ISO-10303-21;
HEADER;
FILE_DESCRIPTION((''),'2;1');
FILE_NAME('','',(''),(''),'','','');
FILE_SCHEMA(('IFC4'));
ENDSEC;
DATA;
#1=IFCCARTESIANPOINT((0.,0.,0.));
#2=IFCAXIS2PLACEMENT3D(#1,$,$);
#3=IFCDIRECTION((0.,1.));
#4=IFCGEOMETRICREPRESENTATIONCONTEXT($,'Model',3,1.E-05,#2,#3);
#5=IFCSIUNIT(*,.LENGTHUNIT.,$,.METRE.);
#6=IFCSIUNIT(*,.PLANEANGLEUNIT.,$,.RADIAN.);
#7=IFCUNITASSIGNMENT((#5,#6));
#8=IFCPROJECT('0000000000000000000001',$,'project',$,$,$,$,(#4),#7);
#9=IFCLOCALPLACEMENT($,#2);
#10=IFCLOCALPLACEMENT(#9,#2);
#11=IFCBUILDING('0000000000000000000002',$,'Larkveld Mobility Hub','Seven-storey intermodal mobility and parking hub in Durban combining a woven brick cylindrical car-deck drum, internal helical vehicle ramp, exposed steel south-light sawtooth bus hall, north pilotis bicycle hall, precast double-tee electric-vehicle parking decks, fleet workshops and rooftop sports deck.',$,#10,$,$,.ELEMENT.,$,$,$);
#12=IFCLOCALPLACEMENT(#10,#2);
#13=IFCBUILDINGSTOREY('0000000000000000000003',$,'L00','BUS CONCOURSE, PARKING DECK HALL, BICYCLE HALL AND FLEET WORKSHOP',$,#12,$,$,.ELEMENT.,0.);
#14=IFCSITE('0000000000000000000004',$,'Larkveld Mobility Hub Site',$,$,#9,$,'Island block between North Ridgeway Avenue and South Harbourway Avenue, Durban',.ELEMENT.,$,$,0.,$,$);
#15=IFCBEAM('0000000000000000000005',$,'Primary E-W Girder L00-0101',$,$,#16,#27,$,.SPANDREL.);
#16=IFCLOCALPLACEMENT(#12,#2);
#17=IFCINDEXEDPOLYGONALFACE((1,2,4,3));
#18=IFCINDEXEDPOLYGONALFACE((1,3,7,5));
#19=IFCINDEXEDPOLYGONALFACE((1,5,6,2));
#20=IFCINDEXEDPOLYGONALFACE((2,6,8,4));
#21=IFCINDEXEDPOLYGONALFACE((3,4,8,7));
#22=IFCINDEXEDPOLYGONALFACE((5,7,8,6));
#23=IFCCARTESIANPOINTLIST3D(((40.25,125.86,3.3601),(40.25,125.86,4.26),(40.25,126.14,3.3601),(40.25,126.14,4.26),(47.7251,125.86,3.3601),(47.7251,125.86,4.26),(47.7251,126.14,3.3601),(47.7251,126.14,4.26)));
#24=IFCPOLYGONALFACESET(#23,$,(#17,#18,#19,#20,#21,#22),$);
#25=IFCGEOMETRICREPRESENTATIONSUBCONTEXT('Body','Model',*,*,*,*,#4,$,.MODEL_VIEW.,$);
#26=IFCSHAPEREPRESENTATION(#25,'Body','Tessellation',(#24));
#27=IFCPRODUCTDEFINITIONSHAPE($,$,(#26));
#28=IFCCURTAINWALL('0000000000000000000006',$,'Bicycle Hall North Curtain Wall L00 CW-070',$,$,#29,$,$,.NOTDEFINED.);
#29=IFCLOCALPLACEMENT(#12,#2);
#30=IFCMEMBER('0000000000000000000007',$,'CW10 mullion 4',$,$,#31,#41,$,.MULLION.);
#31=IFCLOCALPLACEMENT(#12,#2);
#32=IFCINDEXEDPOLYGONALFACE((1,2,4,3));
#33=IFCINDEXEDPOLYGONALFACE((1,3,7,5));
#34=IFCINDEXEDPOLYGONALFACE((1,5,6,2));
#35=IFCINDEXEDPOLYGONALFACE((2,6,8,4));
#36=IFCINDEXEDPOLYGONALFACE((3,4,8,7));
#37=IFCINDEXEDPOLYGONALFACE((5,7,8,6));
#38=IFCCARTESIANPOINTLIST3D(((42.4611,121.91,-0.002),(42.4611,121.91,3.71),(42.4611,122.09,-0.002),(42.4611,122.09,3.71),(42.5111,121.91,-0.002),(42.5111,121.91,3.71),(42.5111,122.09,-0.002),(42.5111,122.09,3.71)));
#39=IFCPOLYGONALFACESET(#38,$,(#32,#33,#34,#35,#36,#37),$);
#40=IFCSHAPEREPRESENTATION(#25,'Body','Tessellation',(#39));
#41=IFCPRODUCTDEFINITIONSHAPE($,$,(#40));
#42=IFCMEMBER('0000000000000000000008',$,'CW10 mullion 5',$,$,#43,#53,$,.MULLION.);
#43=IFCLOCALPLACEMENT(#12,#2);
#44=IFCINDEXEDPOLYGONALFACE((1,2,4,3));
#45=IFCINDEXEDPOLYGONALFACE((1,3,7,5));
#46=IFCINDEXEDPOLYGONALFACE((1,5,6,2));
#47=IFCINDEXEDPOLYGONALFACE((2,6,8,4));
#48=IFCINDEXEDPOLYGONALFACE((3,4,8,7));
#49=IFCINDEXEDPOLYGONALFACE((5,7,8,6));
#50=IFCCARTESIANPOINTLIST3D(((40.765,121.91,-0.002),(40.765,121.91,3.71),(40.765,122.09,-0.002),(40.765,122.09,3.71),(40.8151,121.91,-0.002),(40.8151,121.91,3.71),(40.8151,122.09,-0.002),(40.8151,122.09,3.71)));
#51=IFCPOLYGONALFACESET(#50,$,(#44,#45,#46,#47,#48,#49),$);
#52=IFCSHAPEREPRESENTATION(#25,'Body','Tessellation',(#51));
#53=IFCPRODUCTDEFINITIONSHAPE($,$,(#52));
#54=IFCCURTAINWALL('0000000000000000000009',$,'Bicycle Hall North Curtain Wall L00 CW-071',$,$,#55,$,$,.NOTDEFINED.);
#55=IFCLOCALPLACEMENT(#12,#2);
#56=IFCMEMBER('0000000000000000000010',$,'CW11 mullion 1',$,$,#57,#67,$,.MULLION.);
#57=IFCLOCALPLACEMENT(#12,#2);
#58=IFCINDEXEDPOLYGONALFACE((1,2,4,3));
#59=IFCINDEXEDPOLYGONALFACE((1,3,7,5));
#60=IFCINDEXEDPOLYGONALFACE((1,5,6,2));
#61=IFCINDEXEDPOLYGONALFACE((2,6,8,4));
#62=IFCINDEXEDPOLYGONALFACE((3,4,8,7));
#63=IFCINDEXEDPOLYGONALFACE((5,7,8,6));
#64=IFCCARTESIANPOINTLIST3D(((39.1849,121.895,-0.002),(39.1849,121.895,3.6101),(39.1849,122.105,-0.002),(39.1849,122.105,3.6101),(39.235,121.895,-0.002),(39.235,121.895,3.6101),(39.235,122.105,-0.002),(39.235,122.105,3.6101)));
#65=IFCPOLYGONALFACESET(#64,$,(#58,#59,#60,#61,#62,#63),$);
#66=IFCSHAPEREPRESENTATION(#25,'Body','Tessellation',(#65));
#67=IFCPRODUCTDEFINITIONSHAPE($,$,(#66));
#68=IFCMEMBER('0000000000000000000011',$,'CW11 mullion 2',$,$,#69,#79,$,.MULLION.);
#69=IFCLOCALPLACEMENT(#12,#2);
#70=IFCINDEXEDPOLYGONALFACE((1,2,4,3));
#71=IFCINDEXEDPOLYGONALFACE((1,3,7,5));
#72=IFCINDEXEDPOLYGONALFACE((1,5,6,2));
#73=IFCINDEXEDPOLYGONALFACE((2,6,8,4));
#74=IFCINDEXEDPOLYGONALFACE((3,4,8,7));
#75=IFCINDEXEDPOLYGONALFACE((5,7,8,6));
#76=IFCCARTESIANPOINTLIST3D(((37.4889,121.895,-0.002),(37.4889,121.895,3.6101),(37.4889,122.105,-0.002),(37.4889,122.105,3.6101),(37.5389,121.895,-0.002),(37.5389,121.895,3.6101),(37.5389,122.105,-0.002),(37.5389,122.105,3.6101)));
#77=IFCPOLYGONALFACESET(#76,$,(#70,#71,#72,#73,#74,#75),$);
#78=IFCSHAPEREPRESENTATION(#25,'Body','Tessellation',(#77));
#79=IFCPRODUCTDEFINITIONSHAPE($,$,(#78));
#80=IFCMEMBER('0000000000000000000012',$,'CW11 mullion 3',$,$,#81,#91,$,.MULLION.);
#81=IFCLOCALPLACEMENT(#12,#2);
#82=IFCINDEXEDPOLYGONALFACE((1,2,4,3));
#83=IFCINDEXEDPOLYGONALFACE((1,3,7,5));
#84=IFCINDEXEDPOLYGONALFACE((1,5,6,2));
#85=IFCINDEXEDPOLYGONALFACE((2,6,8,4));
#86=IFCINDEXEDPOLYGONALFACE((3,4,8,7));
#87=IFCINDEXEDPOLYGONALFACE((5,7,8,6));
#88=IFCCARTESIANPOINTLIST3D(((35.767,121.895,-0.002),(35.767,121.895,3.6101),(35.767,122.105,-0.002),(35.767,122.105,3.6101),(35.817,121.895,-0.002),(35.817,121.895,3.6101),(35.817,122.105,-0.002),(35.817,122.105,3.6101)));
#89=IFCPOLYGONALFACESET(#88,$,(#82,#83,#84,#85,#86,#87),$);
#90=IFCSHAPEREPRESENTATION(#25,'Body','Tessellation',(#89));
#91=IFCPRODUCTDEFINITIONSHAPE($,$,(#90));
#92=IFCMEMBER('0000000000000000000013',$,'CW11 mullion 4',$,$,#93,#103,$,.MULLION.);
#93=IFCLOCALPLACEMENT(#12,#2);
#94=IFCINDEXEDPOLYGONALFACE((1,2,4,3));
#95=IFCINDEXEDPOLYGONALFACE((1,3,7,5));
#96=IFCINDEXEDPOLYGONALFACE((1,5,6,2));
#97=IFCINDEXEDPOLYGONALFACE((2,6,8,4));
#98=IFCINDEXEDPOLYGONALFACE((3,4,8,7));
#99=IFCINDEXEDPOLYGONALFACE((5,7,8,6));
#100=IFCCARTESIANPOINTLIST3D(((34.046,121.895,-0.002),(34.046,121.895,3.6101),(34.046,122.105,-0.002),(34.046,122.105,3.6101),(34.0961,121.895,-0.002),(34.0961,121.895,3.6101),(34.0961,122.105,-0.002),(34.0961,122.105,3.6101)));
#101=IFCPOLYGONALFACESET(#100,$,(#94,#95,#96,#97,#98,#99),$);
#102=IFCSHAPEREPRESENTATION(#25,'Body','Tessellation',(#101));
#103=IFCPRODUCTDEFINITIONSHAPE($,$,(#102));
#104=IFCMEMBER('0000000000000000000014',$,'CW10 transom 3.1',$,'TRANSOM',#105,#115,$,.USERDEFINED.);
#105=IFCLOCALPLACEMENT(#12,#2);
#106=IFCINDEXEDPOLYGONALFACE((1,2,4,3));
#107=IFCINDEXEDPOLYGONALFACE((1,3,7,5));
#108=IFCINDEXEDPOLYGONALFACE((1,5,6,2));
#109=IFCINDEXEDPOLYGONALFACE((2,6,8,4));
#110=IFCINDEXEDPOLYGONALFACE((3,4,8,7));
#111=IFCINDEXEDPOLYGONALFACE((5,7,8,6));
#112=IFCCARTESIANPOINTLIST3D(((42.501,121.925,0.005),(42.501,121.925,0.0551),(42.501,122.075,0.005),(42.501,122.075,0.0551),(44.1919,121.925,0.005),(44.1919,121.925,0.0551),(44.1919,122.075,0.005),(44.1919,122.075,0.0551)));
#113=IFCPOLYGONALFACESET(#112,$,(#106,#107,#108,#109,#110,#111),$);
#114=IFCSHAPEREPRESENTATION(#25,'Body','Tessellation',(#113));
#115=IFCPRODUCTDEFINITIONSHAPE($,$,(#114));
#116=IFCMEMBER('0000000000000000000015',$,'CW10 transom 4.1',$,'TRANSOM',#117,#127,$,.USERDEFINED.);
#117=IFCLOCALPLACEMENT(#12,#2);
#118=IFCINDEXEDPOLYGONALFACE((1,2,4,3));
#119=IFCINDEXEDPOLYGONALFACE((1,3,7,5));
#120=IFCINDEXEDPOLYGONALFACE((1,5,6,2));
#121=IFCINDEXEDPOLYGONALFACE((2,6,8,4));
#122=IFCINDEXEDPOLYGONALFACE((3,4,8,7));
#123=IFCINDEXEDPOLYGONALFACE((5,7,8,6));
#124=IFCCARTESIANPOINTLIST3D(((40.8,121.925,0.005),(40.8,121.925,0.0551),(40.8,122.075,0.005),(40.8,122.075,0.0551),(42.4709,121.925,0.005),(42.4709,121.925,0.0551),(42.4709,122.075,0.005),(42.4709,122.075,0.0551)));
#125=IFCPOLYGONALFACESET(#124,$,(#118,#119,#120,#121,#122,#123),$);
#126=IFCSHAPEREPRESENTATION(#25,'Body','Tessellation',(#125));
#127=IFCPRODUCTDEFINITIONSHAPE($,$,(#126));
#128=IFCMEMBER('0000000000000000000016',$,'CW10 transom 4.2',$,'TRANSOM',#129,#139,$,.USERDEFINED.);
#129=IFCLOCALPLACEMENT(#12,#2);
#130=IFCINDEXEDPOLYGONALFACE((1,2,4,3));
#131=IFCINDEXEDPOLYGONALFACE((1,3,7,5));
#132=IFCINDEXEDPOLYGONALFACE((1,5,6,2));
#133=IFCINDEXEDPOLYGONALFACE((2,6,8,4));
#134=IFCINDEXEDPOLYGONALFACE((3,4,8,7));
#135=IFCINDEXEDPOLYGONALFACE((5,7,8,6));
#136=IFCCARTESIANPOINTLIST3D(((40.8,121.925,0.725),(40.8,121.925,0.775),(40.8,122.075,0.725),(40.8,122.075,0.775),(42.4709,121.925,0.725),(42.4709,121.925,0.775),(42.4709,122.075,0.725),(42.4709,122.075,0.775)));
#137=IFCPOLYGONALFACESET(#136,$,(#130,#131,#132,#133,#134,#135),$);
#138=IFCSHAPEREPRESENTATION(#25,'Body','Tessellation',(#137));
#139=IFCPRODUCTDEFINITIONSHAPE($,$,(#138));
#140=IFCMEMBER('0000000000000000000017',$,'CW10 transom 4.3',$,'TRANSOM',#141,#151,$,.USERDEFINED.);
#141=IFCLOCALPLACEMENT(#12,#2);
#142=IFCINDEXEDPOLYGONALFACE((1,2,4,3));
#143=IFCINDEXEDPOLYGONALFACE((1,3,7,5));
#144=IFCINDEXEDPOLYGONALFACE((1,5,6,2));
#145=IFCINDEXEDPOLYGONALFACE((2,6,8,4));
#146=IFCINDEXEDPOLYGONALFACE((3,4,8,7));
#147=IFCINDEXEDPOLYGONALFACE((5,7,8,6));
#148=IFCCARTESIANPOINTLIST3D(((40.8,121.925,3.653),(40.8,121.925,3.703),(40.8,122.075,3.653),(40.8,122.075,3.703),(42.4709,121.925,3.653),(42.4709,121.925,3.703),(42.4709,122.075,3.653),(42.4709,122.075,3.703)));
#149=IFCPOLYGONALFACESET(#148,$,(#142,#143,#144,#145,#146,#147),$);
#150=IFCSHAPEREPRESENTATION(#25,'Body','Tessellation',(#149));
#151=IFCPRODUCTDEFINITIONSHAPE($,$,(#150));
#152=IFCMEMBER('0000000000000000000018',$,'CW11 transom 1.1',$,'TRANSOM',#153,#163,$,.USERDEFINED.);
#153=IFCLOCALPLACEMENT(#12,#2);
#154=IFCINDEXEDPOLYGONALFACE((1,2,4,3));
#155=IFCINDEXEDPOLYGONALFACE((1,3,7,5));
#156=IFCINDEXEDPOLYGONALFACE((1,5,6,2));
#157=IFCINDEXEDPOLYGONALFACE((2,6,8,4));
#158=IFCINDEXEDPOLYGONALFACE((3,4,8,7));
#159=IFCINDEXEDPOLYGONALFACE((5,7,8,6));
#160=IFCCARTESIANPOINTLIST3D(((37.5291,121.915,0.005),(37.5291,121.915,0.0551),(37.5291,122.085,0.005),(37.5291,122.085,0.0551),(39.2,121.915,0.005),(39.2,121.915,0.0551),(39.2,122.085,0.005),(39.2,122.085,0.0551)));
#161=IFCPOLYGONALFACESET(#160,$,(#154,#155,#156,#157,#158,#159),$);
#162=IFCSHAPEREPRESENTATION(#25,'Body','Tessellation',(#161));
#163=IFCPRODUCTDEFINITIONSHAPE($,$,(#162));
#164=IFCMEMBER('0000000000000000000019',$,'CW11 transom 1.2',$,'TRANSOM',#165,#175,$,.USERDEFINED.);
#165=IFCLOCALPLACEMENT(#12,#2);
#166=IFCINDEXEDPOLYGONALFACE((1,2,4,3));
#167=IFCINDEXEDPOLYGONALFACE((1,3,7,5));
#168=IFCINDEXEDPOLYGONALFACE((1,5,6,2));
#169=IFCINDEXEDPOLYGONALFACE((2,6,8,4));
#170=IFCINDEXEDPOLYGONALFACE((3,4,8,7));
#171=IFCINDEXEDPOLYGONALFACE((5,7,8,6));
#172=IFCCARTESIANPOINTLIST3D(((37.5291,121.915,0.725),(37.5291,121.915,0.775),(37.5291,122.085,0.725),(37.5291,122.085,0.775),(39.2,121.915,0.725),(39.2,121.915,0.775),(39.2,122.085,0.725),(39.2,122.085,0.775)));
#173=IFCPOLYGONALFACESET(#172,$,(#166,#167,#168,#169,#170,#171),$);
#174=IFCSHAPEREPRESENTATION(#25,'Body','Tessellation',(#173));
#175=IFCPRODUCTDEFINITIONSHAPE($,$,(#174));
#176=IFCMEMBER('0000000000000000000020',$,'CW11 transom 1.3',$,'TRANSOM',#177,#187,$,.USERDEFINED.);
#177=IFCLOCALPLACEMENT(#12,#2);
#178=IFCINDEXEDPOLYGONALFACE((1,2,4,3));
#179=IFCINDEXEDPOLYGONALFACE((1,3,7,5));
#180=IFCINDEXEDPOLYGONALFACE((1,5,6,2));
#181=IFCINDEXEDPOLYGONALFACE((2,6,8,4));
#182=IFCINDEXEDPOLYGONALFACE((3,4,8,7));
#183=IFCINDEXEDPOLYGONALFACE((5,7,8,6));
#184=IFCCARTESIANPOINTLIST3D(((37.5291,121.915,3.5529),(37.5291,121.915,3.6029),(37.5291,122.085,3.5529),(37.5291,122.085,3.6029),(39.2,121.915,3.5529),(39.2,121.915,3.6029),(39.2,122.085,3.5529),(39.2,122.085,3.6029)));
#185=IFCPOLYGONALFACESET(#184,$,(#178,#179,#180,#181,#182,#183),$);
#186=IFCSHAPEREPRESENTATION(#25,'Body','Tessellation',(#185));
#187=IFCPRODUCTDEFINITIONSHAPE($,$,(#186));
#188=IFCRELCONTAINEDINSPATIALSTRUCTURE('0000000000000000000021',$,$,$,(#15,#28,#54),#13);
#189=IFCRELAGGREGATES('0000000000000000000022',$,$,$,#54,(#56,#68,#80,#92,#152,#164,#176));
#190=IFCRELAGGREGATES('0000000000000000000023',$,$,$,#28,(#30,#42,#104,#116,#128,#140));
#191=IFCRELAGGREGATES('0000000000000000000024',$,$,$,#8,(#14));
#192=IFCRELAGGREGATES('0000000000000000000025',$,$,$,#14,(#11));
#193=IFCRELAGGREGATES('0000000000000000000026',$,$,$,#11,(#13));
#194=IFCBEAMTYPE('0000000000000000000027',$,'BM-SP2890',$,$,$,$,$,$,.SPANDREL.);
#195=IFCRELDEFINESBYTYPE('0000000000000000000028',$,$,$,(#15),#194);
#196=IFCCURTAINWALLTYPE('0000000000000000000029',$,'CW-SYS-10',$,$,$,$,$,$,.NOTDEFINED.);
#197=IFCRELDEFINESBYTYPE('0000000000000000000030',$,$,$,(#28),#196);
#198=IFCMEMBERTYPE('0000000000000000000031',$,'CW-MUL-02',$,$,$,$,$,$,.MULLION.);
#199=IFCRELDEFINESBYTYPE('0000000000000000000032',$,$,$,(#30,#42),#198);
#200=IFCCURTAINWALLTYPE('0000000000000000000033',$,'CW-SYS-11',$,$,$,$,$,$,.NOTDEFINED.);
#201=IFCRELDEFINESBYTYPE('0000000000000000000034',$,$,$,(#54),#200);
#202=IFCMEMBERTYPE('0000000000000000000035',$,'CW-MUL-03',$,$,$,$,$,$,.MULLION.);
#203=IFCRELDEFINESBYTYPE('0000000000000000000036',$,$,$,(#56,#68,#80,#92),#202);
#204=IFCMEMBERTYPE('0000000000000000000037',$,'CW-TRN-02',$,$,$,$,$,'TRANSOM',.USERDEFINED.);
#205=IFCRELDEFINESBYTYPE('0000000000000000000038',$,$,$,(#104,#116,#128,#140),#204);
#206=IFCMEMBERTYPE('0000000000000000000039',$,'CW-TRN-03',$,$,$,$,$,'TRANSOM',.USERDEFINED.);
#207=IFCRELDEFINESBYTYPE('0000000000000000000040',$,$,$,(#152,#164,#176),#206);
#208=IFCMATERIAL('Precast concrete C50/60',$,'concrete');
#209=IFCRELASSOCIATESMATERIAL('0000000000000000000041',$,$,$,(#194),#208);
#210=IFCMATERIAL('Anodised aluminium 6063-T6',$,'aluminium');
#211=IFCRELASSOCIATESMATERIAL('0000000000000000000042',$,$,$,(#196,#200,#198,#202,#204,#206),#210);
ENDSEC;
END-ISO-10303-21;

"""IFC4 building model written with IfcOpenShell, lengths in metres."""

from ifc_helpers import new_model, si_unit, direction, frame, origin, origin_2d, place, context, subcontext, project, spatial, rectangle, extrude, material, material_profile, profile_set, type_object, element, aggregate, save


model = new_model("IFC4")

# Units and contexts
model_context = context("Model", 3, precision=1e-05, world=origin(), true_north=direction((0.0, 1.0)))
body_context = subcontext(model_context, "Body", "Model", "MODEL_VIEW")
ifc_project = project(units=[si_unit("LENGTHUNIT", "METRE"), si_unit("PLANEANGLEUNIT", "RADIAN")], contexts=[model_context])

# Site, building, storey
site_placement = place(None, origin())
site = spatial("IfcSite", under=ifc_project, at=site_placement, Name="Larkveld Mobility Hub Site", LongName="Island block between North Ridgeway Avenue and South Harbourway Avenue, Durban", CompositionType="ELEMENT", RefElevation=0.0)
building_placement = place(site_placement, origin())
building = spatial("IfcBuilding", under=site, at=building_placement, Name="Larkveld Mobility Hub", Description="Seven-storey intermodal mobility and parking hub in Durban combining a woven brick cylindrical car-deck drum, internal helical vehicle ramp, exposed steel south-light sawtooth bus hall, north pilotis bicycle hall, precast double-tee electric-vehicle parking decks, fleet workshops and rooftop sports deck.", CompositionType="ELEMENT")
storey_placement = place(building_placement, origin())
storey = spatial("IfcBuildingStorey", under=building, at=storey_placement, Name="L00", Description="BUS CONCOURSE, PARKING DECK HALL, BICYCLE HALL AND FLEET WORKSHOP", CompositionType="ELEMENT", Elevation=0.0)

# Shared definitions
ifc_material_1 = material(Name="Precast concrete C50/60", Category="concrete")

# Beam
ifc_material_profile_1 = material_profile(ifc_material_1, rectangle(XDim=0.28, YDim=0.8999, at=origin_2d()), Name="PC SP 280x900")
ifc_profile_set_1 = profile_set([ifc_material_profile_1], Name="Precast concrete C50/60")
beam_type_1 = type_object("IfcBeamType", Name="BM-SP2890", PredefinedType="SPANDREL", material=ifc_profile_set_1)
beam_1_placement = place(storey_placement, frame((40.25, 126.0, 3.8101), z_axis=(1.0, 0.0, 0.0), x_axis=(0.0, 1.0, 0.0)))
element("IfcBeam", 1, at=beam_1_placement, inside=storey, type_object=beam_type_1, Name="Primary E-W Girder L00-0101", PredefinedType="SPANDREL", context=body_context, shape_type="SweptSolid", body=[
    extrude(rectangle(XDim=0.28, YDim=0.8999, at=origin_2d()), origin(), (0.0, 0.0, 1.0), 7.4751),
])

# Curtain walls, members
ifc_material_2 = material(Name="Anodised aluminium 6063-T6", Category="aluminium")
curtain_wall_type_1 = type_object("IfcCurtainWallType", Name="CW-SYS-10", PredefinedType="NOTDEFINED", material=ifc_material_2)
curtain_wall_1_placement = place(storey_placement, origin())
curtain_wall_1 = element("IfcCurtainWall", 2, at=curtain_wall_1_placement, inside=storey, type_object=curtain_wall_type_1, Name="Bicycle Hall North Curtain Wall L00 CW-070", PredefinedType="NOTDEFINED")
ifc_material_profile_2 = material_profile(ifc_material_2, rectangle(XDim=0.05, YDim=0.1799, at=origin_2d()), Name="ALU MULL 50x180")
ifc_profile_set_2 = profile_set([ifc_material_profile_2], Name="Anodised aluminium 6063-T6")
member_type_1 = type_object("IfcMemberType", Name="CW-MUL-02", PredefinedType="MULLION", material=ifc_profile_set_2)
member_1_placement = place(storey_placement, frame((42.4861, 122.0, -0.002), z_axis=(0.0, 0.0, 1.0), x_axis=(-1.0, 0.0, 0.0)))
member_1 = element("IfcMember", 3, at=member_1_placement, type_object=member_type_1, Name="CW10 mullion 4", PredefinedType="MULLION", context=body_context, shape_type="SweptSolid", body=[
    extrude(rectangle(XDim=0.05, YDim=0.1799, at=origin_2d()), origin(), (0.0, 0.0, 1.0), 3.7119),
])
member_2_placement = place(storey_placement, frame((40.79, 122.0, -0.002), z_axis=(0.0, 0.0, 1.0), x_axis=(-1.0, 0.0, 0.0)))
member_2 = element("IfcMember", 4, at=member_2_placement, type_object=member_type_1, Name="CW10 mullion 5", PredefinedType="MULLION", context=body_context, shape_type="SweptSolid", body=[
    extrude(rectangle(XDim=0.05, YDim=0.1799, at=origin_2d()), origin(), (0.0, 0.0, 1.0), 3.7119),
])
curtain_wall_type_2 = type_object("IfcCurtainWallType", Name="CW-SYS-11", PredefinedType="NOTDEFINED", material=ifc_material_2)
curtain_wall_2_placement = place(storey_placement, origin())
curtain_wall_2 = element("IfcCurtainWall", 5, at=curtain_wall_2_placement, inside=storey, type_object=curtain_wall_type_2, Name="Bicycle Hall North Curtain Wall L00 CW-071", PredefinedType="NOTDEFINED")
ifc_material_profile_3 = material_profile(ifc_material_2, rectangle(XDim=0.05, YDim=0.21, at=origin_2d()), Name="ALU MULL 50x210")
ifc_profile_set_3 = profile_set([ifc_material_profile_3], Name="Anodised aluminium 6063-T6")
member_type_2 = type_object("IfcMemberType", Name="CW-MUL-03", PredefinedType="MULLION", material=ifc_profile_set_3)
member_3_placement = place(storey_placement, frame((39.21, 122.0, -0.002), z_axis=(0.0, 0.0, 1.0), x_axis=(-1.0, 0.0, 0.0)))
member_3 = element("IfcMember", 6, at=member_3_placement, type_object=member_type_2, Name="CW11 mullion 1", PredefinedType="MULLION", context=body_context, shape_type="SweptSolid", body=[
    extrude(rectangle(XDim=0.05, YDim=0.21, at=origin_2d()), origin(), (0.0, 0.0, 1.0), 3.6121),
])
member_4_placement = place(storey_placement, frame((37.5139, 122.0, -0.002), z_axis=(0.0, 0.0, 1.0), x_axis=(-1.0, 0.0, 0.0)))
member_4 = element("IfcMember", 7, at=member_4_placement, type_object=member_type_2, Name="CW11 mullion 2", PredefinedType="MULLION", context=body_context, shape_type="SweptSolid", body=[
    extrude(rectangle(XDim=0.05, YDim=0.21, at=origin_2d()), origin(), (0.0, 0.0, 1.0), 3.6121),
])
member_5_placement = place(storey_placement, frame((35.792, 122.0, -0.002), z_axis=(0.0, 0.0, 1.0), x_axis=(-1.0, 0.0, 0.0)))
member_5 = element("IfcMember", 8, at=member_5_placement, type_object=member_type_2, Name="CW11 mullion 3", PredefinedType="MULLION", context=body_context, shape_type="SweptSolid", body=[
    extrude(rectangle(XDim=0.05, YDim=0.21, at=origin_2d()), origin(), (0.0, 0.0, 1.0), 3.6121),
])
member_6_placement = place(storey_placement, frame((34.071, 122.0, -0.002), z_axis=(0.0, 0.0, 1.0), x_axis=(-1.0, 0.0, 0.0)))
member_6 = element("IfcMember", 9, at=member_6_placement, type_object=member_type_2, Name="CW11 mullion 4", PredefinedType="MULLION", context=body_context, shape_type="SweptSolid", body=[
    extrude(rectangle(XDim=0.05, YDim=0.21, at=origin_2d()), origin(), (0.0, 0.0, 1.0), 3.6121),
])

# Members
ifc_material_profile_4 = material_profile(ifc_material_2, rectangle(XDim=0.1499, YDim=0.05, at=origin_2d()), Name="ALU TRAN 50x150")
ifc_profile_set_4 = profile_set([ifc_material_profile_4], Name="Anodised aluminium 6063-T6")
member_type_3 = type_object("IfcMemberType", Name="CW-TRN-02", ElementType="TRANSOM", PredefinedType="USERDEFINED", material=ifc_profile_set_4)
member_7_placement = place(storey_placement, frame((44.1919, 122.0, 0.03), z_axis=(-1.0, 0.0, 0.0), x_axis=(0.0, -1.0, 0.0)))
member_7 = element("IfcMember", 10, at=member_7_placement, type_object=member_type_3, Name="CW10 transom 3.1", ObjectType="TRANSOM", PredefinedType="USERDEFINED", context=body_context, shape_type="SweptSolid", body=[
    extrude(rectangle(XDim=0.1499, YDim=0.05, at=origin_2d()), origin(), (0.0, 0.0, 1.0), 1.6909),
])
member_8_placement = place(storey_placement, frame((42.4709, 122.0, 0.03), z_axis=(-1.0, 0.0, 0.0), x_axis=(0.0, -1.0, 0.0)))
member_8 = element("IfcMember", 11, at=member_8_placement, type_object=member_type_3, Name="CW10 transom 4.1", ObjectType="TRANSOM", PredefinedType="USERDEFINED", context=body_context, shape_type="SweptSolid", body=[
    extrude(rectangle(XDim=0.1499, YDim=0.05, at=origin_2d()), origin(), (0.0, 0.0, 1.0), 1.6709),
])
member_9_placement = place(storey_placement, frame((42.4709, 122.0, 0.75), z_axis=(-1.0, 0.0, 0.0), x_axis=(0.0, -1.0, 0.0)))
member_9 = element("IfcMember", 12, at=member_9_placement, type_object=member_type_3, Name="CW10 transom 4.2", ObjectType="TRANSOM", PredefinedType="USERDEFINED", context=body_context, shape_type="SweptSolid", body=[
    extrude(rectangle(XDim=0.1499, YDim=0.05, at=origin_2d()), origin(), (0.0, 0.0, 1.0), 1.6709),
])
member_10_placement = place(storey_placement, frame((42.4709, 122.0, 3.678), z_axis=(-1.0, 0.0, 0.0), x_axis=(0.0, -1.0, 0.0)))
member_10 = element("IfcMember", 13, at=member_10_placement, type_object=member_type_3, Name="CW10 transom 4.3", ObjectType="TRANSOM", PredefinedType="USERDEFINED", context=body_context, shape_type="SweptSolid", body=[
    extrude(rectangle(XDim=0.1499, YDim=0.05, at=origin_2d()), origin(), (0.0, 0.0, 1.0), 1.6709),
])
ifc_material_profile_5 = material_profile(ifc_material_2, rectangle(XDim=0.1699, YDim=0.05, at=origin_2d()), Name="ALU TRAN 50x170")
ifc_profile_set_5 = profile_set([ifc_material_profile_5], Name="Anodised aluminium 6063-T6")
member_type_4 = type_object("IfcMemberType", Name="CW-TRN-03", ElementType="TRANSOM", PredefinedType="USERDEFINED", material=ifc_profile_set_5)
member_11_placement = place(storey_placement, frame((39.2, 122.0, 0.03), z_axis=(-1.0, 0.0, 0.0), x_axis=(0.0, -1.0, 0.0)))
member_11 = element("IfcMember", 14, at=member_11_placement, type_object=member_type_4, Name="CW11 transom 1.1", ObjectType="TRANSOM", PredefinedType="USERDEFINED", context=body_context, shape_type="SweptSolid", body=[
    extrude(rectangle(XDim=0.1699, YDim=0.05, at=origin_2d()), origin(), (0.0, 0.0, 1.0), 1.6709),
])
member_12_placement = place(storey_placement, frame((39.2, 122.0, 0.75), z_axis=(-1.0, 0.0, 0.0), x_axis=(0.0, -1.0, 0.0)))
member_12 = element("IfcMember", 15, at=member_12_placement, type_object=member_type_4, Name="CW11 transom 1.2", ObjectType="TRANSOM", PredefinedType="USERDEFINED", context=body_context, shape_type="SweptSolid", body=[
    extrude(rectangle(XDim=0.1699, YDim=0.05, at=origin_2d()), origin(), (0.0, 0.0, 1.0), 1.6709),
])
member_13_placement = place(storey_placement, frame((39.2, 122.0, 3.5779), z_axis=(-1.0, 0.0, 0.0), x_axis=(0.0, -1.0, 0.0)))
member_13 = element("IfcMember", 16, at=member_13_placement, type_object=member_type_4, Name="CW11 transom 1.3", ObjectType="TRANSOM", PredefinedType="USERDEFINED", context=body_context, shape_type="SweptSolid", body=[
    extrude(rectangle(XDim=0.1699, YDim=0.05, at=origin_2d()), origin(), (0.0, 0.0, 1.0), 1.6709),
])

aggregate(curtain_wall_2, [member_3, member_4, member_5, member_6, member_11, member_12, member_13])
aggregate(curtain_wall_1, [member_1, member_2, member_7, member_8, member_9, member_10])

save(model, "model.ifc")
